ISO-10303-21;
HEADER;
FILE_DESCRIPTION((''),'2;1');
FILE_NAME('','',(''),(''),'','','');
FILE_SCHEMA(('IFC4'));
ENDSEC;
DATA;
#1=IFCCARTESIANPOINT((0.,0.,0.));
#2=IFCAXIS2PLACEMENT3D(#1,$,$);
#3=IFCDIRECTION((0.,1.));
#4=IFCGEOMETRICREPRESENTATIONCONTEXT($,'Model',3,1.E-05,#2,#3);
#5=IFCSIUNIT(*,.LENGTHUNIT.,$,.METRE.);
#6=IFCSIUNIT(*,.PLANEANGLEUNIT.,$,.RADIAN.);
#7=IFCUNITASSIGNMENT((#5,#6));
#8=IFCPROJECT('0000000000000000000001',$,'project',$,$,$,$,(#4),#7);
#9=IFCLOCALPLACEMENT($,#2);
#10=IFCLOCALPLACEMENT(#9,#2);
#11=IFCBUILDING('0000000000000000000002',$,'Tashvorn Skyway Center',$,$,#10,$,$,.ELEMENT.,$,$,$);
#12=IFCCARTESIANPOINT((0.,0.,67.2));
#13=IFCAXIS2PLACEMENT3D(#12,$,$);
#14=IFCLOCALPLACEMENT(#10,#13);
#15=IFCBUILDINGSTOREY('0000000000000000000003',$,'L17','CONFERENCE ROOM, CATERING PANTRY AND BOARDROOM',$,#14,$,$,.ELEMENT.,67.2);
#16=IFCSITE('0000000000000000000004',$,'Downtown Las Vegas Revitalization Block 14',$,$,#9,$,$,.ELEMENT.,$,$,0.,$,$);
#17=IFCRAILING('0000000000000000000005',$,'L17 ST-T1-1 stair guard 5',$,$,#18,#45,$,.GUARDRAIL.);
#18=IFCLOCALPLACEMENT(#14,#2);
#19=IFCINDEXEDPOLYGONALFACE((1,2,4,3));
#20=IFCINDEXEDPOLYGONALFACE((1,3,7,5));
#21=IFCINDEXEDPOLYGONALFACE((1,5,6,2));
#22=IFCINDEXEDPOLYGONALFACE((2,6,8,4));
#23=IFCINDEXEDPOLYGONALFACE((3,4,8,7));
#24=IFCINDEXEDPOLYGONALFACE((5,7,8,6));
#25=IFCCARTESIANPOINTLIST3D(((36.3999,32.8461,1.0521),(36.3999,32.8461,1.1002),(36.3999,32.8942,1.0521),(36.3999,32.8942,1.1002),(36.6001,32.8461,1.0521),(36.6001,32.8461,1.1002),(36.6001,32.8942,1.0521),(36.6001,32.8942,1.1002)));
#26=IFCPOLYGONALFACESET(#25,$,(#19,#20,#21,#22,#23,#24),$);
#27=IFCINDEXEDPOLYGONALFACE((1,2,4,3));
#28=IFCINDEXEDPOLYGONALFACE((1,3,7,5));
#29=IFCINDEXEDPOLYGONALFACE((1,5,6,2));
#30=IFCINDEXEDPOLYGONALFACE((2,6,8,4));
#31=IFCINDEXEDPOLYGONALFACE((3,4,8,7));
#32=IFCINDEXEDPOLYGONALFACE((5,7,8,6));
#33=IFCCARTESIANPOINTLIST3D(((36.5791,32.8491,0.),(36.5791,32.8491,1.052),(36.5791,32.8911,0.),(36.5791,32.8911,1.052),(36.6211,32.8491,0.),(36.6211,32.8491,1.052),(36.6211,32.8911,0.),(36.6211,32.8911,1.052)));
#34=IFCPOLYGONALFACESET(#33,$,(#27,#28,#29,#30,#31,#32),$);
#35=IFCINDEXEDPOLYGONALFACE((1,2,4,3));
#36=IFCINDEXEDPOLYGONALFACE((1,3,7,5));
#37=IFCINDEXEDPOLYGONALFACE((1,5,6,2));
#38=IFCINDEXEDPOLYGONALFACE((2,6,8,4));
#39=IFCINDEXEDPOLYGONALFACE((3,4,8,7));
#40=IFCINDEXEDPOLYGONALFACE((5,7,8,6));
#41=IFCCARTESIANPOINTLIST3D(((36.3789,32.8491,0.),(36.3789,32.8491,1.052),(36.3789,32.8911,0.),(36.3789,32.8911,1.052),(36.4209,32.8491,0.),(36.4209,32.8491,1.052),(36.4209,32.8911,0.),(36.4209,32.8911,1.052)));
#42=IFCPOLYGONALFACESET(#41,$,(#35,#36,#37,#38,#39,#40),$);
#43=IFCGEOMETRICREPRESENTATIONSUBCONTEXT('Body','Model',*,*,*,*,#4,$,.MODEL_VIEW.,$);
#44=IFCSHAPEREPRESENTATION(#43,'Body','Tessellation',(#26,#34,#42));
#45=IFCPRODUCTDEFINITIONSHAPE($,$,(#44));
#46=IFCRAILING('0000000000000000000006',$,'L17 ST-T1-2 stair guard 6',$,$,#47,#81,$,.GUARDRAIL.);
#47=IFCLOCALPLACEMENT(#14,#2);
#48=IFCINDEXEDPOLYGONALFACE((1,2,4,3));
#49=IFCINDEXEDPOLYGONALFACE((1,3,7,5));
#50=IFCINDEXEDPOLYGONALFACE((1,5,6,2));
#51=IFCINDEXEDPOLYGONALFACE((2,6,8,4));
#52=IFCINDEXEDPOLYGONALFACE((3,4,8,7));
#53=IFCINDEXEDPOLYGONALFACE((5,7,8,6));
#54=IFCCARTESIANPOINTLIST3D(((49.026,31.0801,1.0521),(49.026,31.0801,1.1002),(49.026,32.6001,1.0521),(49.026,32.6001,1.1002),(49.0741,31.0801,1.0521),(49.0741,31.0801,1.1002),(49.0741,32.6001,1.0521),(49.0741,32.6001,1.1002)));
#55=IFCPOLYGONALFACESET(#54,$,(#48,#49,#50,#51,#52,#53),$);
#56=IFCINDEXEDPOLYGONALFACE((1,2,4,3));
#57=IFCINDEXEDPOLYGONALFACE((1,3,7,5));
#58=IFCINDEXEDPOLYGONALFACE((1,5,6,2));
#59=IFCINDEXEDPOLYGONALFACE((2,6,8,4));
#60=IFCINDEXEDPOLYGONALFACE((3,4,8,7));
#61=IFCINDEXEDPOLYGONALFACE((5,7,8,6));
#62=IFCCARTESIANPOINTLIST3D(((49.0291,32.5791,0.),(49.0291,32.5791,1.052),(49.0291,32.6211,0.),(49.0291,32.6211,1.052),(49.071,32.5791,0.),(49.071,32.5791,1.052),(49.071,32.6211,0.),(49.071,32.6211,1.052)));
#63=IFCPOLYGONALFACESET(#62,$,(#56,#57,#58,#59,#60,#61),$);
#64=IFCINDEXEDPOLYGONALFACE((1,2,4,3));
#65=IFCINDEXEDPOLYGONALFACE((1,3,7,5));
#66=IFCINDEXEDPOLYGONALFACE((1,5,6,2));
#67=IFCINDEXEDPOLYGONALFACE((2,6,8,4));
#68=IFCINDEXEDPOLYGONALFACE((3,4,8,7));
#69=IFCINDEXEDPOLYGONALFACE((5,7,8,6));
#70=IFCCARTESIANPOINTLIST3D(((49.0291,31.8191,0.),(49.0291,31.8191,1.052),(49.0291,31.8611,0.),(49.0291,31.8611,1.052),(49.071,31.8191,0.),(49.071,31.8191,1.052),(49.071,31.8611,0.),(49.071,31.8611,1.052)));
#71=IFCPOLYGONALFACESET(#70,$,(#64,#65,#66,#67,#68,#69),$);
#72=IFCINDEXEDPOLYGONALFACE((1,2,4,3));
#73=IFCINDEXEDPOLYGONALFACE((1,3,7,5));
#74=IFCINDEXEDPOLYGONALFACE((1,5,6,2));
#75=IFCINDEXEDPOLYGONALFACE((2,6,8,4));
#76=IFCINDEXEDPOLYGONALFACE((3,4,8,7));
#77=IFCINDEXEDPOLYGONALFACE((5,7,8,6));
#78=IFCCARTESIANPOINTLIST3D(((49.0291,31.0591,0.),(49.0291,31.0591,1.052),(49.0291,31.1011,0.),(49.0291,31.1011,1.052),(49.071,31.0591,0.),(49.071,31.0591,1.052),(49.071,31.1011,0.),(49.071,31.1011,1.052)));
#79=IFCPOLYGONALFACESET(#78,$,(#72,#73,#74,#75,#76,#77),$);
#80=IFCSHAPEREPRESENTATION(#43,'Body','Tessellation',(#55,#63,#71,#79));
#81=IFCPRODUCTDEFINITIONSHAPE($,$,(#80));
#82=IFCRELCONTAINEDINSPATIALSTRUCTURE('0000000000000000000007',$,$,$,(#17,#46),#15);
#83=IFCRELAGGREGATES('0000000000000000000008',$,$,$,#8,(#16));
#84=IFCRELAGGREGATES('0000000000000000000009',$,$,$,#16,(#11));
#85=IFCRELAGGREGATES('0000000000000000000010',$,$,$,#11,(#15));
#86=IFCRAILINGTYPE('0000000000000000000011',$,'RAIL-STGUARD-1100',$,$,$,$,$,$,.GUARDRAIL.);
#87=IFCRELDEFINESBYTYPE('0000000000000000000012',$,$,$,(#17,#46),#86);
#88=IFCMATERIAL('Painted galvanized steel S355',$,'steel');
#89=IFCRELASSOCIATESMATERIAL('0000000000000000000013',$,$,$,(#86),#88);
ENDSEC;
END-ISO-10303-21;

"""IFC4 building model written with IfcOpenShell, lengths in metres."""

from ifc_helpers import new_model, si_unit, direction, frame, origin, origin_2d, place, context, subcontext, project, spatial, rectangle, extrude, material, type_object, element, save


model = new_model("IFC4")

# Units and contexts
model_context = context("Model", 3, precision=1e-05, world=origin(), true_north=direction((0.0, 1.0)))
body_context = subcontext(model_context, "Body", "Model", "MODEL_VIEW")
ifc_project = project(units=[si_unit("LENGTHUNIT", "METRE"), si_unit("PLANEANGLEUNIT", "RADIAN")], contexts=[model_context])

# Site, building, storey
site_placement = place(None, origin())
site = spatial("IfcSite", under=ifc_project, at=site_placement, Name="Downtown Las Vegas Revitalization Block 14", CompositionType="ELEMENT", RefElevation=0.0)
building_placement = place(site_placement, origin())
building = spatial("IfcBuilding", under=site, at=building_placement, Name="Tashvorn Skyway Center", CompositionType="ELEMENT")
storey_placement = place(building_placement, frame((0.0, 0.0, 67.2)))
storey = spatial("IfcBuildingStorey", under=building, at=storey_placement, Name="L17", Description="CONFERENCE ROOM, CATERING PANTRY AND BOARDROOM", CompositionType="ELEMENT", Elevation=67.2)

# Railings
ifc_material_1 = material(Name="Painted galvanized steel S355", Category="steel")
railing_type_1 = type_object("IfcRailingType", Name="RAIL-STGUARD-1100", PredefinedType="GUARDRAIL", material=ifc_material_1)
for number, where, name in (
    (1, (36.6001, 32.8701, 0.0), "L17 ST-T1-1 stair guard 5"),
):
    element("IfcRailing", number, at=place(storey_placement, frame(where)), inside=storey, type_object=railing_type_1, Name=name, PredefinedType="GUARDRAIL", context=body_context, shape_type="SweptSolid", body=[
        extrude(rectangle(XDim=0.0481, YDim=0.0481, at=origin_2d()), frame((0.0, 0.0, 1.0762), z_axis=(-1.0, 0.0, 0.0), x_axis=(0.0, -1.0, 0.0)), (0.0, 0.0, 1.0), 0.2002),
        extrude(rectangle(XDim=0.042, YDim=0.042, at=origin_2d()), origin(), (0.0, 0.0, 1.0), 1.052),
        extrude(rectangle(XDim=0.042, YDim=0.042, at=origin_2d()), frame((-0.2002, 0.0, 0.0)), (0.0, 0.0, 1.0), 1.052),
    ])
railing_1_placement = place(storey_placement, frame((49.05, 32.6001, 0.0)))
element("IfcRailing", 2, at=railing_1_placement, inside=storey, type_object=railing_type_1, Name="L17 ST-T1-2 stair guard 6", PredefinedType="GUARDRAIL", context=body_context, shape_type="SweptSolid", body=[
    extrude(rectangle(XDim=0.0481, YDim=0.0481, at=origin_2d()), frame((0.0, 0.0, 1.0762), z_axis=(0.0, -1.0, 0.0), x_axis=(1.0, 0.0, 0.0)), (0.0, 0.0, 1.0), 1.52),
    extrude(rectangle(XDim=0.042, YDim=0.042, at=origin_2d()), origin(), (0.0, 0.0, 1.0), 1.052),
    extrude(rectangle(XDim=0.042, YDim=0.042, at=origin_2d()), frame((0.0, -0.76, 0.0)), (0.0, 0.0, 1.0), 1.052),
    extrude(rectangle(XDim=0.042, YDim=0.042, at=origin_2d()), frame((0.0, -1.52, 0.0)), (0.0, 0.0, 1.0), 1.052),
])

save(model, "model.ifc")
